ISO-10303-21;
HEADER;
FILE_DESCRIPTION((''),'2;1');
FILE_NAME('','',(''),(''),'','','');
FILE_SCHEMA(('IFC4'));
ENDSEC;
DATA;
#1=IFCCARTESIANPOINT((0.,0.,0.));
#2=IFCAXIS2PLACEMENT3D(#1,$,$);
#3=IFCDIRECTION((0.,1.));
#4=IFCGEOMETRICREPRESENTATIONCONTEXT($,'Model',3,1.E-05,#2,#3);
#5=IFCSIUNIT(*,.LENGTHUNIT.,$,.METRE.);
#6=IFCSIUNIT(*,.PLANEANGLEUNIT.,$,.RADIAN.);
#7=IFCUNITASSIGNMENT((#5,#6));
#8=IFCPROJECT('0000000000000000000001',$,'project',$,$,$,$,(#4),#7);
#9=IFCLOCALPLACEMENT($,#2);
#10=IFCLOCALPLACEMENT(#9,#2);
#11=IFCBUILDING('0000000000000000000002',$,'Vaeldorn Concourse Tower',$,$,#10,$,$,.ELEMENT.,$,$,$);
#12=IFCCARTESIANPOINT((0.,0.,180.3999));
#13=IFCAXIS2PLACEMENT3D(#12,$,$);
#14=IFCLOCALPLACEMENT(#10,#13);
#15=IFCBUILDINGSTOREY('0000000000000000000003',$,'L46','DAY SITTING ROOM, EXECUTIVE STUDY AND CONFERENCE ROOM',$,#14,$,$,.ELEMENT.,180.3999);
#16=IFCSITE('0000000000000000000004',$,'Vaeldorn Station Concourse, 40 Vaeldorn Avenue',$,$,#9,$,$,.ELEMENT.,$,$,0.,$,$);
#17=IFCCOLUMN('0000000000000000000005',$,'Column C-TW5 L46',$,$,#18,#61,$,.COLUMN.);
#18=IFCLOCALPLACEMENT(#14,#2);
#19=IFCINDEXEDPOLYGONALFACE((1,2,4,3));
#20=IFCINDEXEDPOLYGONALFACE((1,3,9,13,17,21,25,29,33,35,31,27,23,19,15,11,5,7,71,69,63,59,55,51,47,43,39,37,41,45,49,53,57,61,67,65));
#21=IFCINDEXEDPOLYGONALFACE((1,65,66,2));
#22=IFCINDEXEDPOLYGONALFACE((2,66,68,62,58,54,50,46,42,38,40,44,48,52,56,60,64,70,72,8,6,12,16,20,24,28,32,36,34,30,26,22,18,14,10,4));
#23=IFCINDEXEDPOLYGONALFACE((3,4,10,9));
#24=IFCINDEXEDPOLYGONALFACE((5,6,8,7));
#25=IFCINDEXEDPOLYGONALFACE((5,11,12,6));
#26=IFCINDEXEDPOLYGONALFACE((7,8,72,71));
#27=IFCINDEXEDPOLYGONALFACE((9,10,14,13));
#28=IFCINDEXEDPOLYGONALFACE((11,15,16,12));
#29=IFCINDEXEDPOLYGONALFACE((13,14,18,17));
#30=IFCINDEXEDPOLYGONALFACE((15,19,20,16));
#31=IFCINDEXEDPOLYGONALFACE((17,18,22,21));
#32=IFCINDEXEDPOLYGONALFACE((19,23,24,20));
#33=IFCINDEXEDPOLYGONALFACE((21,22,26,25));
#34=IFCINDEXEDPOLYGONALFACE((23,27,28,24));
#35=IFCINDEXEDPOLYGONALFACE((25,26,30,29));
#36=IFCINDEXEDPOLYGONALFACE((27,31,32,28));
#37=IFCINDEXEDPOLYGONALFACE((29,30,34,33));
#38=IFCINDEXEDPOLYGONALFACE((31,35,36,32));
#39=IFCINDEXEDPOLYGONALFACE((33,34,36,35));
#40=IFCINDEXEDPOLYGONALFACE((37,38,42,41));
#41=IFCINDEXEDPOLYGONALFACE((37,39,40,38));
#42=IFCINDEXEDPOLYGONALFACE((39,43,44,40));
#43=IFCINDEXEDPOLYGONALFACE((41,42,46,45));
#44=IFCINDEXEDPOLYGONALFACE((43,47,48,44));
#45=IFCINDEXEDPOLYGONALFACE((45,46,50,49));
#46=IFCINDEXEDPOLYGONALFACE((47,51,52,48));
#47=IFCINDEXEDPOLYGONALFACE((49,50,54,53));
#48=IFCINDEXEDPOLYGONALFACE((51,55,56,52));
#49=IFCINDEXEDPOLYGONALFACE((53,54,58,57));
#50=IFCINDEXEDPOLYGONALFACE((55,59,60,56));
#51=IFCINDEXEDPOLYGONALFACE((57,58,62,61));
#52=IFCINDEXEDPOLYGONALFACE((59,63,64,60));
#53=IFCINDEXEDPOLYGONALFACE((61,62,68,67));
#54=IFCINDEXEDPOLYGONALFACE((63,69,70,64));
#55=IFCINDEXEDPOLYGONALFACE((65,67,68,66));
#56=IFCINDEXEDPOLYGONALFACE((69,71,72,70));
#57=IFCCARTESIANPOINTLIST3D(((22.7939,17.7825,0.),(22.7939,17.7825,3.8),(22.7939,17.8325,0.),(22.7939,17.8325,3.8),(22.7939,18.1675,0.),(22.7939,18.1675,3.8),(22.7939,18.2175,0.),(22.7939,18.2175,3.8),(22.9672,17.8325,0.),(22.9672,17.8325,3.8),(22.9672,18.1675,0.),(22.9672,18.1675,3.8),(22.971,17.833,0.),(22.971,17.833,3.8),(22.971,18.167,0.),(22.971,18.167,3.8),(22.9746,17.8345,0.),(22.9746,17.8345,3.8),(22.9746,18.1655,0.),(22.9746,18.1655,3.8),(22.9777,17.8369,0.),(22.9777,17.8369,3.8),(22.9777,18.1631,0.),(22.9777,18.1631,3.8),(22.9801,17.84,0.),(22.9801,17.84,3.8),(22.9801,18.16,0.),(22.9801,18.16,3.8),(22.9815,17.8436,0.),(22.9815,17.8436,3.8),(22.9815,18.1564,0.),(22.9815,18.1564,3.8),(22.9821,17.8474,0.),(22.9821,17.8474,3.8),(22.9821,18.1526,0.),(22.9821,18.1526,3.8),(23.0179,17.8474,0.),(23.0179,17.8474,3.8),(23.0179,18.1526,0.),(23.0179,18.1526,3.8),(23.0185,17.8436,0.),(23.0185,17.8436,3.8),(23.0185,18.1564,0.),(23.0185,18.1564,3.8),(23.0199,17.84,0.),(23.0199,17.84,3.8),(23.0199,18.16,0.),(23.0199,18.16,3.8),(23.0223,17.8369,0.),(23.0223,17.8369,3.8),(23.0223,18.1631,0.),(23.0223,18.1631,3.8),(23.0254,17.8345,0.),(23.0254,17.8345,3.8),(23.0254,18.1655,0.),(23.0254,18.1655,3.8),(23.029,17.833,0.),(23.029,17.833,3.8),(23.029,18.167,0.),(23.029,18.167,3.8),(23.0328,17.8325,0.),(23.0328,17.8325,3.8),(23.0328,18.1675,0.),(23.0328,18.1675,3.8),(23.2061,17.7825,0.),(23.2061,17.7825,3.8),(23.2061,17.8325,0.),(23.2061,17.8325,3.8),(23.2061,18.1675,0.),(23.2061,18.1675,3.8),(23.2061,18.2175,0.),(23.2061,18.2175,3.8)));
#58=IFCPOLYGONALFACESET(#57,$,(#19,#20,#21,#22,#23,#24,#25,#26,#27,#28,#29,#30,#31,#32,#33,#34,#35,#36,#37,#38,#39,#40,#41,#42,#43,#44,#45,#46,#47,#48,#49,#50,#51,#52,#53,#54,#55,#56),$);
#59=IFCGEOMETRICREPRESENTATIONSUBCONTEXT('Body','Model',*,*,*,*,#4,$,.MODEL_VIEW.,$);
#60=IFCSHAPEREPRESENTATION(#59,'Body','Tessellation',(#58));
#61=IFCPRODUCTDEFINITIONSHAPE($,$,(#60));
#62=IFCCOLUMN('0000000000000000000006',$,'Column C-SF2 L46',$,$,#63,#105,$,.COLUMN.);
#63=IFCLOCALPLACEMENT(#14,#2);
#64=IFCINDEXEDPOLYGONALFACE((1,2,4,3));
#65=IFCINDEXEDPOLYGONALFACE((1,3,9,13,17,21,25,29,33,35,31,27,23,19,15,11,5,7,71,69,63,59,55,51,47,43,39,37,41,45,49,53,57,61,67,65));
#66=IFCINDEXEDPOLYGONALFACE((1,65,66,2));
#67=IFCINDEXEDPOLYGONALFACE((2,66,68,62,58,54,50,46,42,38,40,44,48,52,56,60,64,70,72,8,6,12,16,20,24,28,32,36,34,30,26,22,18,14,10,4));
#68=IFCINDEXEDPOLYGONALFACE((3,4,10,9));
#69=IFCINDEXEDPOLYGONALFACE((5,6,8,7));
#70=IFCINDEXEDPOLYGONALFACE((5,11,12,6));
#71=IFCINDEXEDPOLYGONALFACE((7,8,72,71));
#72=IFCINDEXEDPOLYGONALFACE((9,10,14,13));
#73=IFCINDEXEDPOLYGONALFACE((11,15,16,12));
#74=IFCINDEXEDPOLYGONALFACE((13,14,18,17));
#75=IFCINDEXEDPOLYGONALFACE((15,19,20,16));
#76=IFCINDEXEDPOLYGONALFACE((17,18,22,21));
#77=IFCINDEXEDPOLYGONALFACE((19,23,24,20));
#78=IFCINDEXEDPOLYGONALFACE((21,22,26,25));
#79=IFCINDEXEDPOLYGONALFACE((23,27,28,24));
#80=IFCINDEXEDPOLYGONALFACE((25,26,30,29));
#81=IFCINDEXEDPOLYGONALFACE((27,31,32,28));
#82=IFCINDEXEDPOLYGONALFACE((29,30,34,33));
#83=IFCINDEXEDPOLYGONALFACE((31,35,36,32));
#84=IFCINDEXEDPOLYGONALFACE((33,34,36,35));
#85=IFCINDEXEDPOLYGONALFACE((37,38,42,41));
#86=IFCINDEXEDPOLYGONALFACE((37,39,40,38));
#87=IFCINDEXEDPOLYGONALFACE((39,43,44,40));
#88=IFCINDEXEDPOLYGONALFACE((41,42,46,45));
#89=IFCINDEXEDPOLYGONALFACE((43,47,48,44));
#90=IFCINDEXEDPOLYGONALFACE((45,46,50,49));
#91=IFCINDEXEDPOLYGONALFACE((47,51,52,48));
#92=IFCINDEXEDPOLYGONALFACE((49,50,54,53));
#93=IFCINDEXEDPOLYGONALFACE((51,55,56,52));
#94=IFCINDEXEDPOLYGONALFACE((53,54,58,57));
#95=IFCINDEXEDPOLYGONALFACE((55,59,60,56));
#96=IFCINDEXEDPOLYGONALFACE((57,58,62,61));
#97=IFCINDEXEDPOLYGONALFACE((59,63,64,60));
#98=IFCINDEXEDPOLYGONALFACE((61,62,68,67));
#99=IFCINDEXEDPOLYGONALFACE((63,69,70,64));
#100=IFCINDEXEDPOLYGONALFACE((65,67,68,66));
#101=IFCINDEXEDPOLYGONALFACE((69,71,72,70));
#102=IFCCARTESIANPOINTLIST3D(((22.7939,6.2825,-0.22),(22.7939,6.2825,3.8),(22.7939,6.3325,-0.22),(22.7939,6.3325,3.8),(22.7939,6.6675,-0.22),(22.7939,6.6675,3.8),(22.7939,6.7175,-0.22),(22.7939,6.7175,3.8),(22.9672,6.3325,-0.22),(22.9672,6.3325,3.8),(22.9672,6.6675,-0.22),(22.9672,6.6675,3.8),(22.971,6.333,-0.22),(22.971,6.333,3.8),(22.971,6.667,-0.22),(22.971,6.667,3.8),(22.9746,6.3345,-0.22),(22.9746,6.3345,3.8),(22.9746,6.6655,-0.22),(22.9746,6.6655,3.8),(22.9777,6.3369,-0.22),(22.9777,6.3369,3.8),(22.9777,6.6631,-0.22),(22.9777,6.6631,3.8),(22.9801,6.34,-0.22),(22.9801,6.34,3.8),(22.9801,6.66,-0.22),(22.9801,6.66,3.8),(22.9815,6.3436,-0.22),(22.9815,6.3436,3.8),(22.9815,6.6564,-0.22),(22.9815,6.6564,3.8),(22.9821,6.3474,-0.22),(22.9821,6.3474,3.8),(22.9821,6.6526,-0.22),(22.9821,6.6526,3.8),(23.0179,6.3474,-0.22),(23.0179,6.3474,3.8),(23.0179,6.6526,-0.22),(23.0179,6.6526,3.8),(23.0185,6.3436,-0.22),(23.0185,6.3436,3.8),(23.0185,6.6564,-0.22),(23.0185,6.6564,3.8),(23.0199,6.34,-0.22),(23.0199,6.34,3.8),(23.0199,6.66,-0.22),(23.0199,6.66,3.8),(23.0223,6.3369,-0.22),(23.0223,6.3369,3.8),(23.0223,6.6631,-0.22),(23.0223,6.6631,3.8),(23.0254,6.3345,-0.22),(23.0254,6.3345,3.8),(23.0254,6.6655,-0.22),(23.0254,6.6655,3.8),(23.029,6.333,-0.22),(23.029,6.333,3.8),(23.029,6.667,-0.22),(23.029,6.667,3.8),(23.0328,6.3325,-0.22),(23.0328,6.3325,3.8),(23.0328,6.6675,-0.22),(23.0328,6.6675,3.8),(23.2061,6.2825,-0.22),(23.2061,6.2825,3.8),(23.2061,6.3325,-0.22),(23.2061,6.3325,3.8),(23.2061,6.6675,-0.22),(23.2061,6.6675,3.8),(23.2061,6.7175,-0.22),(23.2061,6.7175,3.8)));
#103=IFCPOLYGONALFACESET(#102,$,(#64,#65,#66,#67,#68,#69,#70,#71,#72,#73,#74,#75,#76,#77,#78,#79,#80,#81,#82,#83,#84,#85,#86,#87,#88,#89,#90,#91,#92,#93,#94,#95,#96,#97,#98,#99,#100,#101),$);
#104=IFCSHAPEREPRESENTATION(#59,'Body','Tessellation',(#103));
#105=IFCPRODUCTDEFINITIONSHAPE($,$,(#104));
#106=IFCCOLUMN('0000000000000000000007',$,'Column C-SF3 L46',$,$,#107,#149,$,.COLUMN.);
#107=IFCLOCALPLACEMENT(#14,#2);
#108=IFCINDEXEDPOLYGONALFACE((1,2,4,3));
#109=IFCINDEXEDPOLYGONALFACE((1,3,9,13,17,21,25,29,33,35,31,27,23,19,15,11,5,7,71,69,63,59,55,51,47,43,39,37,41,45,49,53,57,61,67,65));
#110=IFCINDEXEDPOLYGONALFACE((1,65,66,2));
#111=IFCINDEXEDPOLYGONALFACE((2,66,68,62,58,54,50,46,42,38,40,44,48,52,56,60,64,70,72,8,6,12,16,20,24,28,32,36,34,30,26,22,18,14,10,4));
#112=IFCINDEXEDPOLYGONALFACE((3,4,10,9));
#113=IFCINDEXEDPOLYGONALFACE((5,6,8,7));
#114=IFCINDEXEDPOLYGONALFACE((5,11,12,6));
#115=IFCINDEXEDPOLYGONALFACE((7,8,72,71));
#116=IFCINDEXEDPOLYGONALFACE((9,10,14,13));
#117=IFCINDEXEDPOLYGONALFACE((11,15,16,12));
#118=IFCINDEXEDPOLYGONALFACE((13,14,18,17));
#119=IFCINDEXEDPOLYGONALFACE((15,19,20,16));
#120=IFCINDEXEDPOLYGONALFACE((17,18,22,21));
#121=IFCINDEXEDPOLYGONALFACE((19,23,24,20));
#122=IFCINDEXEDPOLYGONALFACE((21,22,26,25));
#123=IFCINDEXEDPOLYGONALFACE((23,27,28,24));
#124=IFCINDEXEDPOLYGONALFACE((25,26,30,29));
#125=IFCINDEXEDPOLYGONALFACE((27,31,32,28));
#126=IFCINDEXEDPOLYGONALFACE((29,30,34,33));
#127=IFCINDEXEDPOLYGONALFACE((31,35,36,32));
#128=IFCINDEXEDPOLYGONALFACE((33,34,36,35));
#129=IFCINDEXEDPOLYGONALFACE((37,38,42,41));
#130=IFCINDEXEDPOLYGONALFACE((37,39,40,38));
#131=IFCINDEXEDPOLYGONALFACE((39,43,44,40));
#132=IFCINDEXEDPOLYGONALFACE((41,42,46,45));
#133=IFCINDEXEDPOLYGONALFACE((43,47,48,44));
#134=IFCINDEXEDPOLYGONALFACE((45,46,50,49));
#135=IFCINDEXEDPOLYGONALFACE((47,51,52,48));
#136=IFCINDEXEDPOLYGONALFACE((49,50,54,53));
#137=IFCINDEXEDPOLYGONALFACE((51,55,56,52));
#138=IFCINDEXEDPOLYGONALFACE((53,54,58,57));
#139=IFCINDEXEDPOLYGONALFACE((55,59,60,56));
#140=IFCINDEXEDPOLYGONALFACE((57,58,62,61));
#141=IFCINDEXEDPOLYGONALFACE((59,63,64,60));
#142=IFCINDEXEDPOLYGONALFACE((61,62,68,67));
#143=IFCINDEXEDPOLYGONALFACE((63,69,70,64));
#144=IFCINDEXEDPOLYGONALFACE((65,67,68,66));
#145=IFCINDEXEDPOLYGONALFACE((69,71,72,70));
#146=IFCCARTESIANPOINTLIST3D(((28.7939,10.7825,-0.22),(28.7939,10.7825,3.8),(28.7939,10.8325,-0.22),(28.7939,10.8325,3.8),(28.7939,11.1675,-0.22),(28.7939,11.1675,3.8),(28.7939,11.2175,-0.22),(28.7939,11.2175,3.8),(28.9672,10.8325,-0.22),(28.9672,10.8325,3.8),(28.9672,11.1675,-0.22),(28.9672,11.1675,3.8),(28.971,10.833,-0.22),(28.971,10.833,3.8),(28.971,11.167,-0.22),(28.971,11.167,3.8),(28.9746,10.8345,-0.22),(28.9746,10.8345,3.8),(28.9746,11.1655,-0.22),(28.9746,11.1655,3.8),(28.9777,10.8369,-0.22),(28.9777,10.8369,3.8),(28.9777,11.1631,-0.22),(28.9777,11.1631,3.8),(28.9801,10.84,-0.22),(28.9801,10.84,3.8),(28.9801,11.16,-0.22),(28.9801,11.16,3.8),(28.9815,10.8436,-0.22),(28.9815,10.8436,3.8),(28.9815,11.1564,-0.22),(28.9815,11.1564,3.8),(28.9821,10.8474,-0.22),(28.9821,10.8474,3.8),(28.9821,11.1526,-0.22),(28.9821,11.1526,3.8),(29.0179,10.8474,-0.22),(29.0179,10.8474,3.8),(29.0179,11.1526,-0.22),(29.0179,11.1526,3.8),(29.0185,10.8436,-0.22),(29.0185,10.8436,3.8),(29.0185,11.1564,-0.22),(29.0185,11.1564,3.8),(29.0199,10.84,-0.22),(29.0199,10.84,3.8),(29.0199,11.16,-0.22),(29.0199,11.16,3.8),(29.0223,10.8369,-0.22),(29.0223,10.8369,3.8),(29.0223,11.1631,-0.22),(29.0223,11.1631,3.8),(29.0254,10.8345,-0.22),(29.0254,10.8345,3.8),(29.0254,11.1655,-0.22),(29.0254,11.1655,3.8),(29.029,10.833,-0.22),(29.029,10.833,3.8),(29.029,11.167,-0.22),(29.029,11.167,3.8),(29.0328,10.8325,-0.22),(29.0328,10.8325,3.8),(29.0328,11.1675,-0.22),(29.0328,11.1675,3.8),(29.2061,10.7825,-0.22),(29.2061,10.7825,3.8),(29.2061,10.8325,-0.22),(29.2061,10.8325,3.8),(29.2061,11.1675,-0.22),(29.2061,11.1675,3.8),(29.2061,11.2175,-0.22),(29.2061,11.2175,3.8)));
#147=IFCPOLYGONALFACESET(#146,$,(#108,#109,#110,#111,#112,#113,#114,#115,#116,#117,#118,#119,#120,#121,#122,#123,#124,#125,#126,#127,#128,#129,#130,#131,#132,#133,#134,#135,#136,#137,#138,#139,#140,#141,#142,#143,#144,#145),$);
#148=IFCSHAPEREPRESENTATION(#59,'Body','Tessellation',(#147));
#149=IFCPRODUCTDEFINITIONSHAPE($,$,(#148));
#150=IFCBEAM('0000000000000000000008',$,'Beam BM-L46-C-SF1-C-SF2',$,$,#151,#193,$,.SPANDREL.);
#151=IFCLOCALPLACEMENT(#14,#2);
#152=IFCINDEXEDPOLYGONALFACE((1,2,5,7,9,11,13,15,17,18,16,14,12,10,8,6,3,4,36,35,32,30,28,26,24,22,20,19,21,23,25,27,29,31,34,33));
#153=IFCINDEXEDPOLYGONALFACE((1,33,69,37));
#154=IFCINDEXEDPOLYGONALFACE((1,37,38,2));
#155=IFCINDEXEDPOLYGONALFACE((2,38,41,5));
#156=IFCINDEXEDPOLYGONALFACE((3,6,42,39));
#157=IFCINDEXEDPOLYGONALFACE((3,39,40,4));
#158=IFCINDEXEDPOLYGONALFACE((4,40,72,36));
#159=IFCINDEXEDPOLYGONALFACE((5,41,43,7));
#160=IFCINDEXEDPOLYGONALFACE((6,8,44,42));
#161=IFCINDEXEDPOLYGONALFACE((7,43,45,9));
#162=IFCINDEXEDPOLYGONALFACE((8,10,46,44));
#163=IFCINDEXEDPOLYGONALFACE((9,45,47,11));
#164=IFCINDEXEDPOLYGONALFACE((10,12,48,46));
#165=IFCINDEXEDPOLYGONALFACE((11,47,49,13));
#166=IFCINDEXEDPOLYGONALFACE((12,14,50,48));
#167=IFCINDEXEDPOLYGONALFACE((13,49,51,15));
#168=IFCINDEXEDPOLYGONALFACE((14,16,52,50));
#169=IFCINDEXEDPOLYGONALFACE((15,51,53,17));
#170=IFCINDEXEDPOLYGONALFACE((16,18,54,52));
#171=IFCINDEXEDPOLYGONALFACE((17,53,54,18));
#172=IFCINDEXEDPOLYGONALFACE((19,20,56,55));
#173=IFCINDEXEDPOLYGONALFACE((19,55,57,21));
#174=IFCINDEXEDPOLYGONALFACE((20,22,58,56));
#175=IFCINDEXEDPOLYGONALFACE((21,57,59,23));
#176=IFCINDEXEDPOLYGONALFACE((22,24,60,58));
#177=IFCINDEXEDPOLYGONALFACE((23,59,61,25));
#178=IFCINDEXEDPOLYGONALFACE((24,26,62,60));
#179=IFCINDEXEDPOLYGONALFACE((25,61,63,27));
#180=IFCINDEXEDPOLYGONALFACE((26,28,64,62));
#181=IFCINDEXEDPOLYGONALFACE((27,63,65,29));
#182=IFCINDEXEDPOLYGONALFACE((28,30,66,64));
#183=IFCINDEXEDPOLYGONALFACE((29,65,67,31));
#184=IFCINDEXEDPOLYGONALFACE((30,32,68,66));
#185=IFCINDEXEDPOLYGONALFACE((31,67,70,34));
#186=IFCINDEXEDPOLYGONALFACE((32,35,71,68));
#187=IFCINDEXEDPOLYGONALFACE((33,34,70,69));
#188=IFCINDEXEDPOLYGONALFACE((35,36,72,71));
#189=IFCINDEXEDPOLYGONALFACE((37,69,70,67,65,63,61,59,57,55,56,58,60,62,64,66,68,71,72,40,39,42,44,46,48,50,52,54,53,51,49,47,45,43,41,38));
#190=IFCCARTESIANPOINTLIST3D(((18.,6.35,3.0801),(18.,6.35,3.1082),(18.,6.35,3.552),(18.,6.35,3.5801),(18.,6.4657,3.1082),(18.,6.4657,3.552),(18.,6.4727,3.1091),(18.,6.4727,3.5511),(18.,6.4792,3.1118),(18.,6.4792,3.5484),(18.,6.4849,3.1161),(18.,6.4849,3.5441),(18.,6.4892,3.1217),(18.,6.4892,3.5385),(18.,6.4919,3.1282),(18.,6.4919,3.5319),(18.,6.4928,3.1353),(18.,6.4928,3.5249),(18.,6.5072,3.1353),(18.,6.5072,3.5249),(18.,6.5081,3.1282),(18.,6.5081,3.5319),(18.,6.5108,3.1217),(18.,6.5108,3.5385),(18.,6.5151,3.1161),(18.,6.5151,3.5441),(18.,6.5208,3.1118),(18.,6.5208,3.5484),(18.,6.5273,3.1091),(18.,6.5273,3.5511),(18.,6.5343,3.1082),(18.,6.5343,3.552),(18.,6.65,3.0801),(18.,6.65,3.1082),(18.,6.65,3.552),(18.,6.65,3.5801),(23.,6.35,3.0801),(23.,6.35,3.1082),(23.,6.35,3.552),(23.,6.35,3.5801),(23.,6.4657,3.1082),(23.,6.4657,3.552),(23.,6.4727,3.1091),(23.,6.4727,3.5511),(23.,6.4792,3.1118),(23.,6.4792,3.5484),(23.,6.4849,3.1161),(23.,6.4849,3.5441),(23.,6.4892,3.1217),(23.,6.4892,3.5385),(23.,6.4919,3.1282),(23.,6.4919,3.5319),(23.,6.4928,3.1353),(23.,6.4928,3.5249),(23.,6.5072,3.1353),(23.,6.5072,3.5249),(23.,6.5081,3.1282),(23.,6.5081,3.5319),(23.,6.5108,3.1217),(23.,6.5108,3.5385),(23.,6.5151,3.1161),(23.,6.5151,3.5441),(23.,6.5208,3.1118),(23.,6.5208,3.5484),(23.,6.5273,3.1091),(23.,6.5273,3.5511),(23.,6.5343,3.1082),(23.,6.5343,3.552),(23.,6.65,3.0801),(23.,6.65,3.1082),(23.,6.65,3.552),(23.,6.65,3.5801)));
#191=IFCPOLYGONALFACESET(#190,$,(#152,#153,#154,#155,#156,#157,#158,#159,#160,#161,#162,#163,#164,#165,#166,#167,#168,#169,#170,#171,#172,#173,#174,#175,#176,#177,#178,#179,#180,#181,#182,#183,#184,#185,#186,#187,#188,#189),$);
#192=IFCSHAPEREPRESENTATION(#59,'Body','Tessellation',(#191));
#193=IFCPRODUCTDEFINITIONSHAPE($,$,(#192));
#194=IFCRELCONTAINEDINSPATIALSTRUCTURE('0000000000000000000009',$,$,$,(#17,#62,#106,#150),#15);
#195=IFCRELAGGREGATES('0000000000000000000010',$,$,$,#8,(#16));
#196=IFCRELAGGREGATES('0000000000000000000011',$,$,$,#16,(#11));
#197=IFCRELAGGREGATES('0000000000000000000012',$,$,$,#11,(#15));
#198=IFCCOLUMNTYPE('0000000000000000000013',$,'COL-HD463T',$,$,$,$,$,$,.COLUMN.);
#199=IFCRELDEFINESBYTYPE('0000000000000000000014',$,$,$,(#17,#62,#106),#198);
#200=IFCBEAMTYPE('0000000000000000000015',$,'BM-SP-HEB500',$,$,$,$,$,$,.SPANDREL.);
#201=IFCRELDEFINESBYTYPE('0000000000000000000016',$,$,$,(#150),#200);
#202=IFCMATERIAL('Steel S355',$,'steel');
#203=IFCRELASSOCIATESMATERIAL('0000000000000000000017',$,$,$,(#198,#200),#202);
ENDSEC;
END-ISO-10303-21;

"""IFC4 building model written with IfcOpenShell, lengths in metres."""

from ifc_helpers import new_model, si_unit, direction, frame, origin, origin_2d, place, context, subcontext, project, spatial, i_section, extrude, source, transform, mapped, material, material_profile, profile_set, type_object, element, save


model = new_model("IFC4")

# Units and contexts
model_context = context("Model", 3, precision=1e-05, world=origin(), true_north=direction((0.0, 1.0)))
body_context = subcontext(model_context, "Body", "Model", "MODEL_VIEW")
ifc_project = project(units=[si_unit("LENGTHUNIT", "METRE"), si_unit("PLANEANGLEUNIT", "RADIAN")], contexts=[model_context])

# Site, building, storey
site_placement = place(None, origin())
site = spatial("IfcSite", under=ifc_project, at=site_placement, Name="Vaeldorn Station Concourse, 40 Vaeldorn Avenue", CompositionType="ELEMENT", RefElevation=0.0)
building_placement = place(site_placement, origin())
building = spatial("IfcBuilding", under=site, at=building_placement, Name="Vaeldorn Concourse Tower", CompositionType="ELEMENT")
storey_placement = place(building_placement, frame((0.0, 0.0, 180.3999)))
storey = spatial("IfcBuildingStorey", under=building, at=storey_placement, Name="L46", Description="DAY SITTING ROOM, EXECUTIVE STUDY AND CONFERENCE ROOM", CompositionType="ELEMENT", Elevation=180.3999)

# Columns
ifc_material_1 = material(Name="Steel S355", Category="steel")
ifc_material_profile_1 = material_profile(ifc_material_1, i_section(OverallWidth=0.4121, OverallDepth=0.4351, WebThickness=0.0359, FlangeThickness=0.05, FilletRadius=0.0149, at=origin_2d()), Name="HD 400x463")
ifc_profile_set_1 = profile_set([ifc_material_profile_1], Name="Steel S355")
column_type = type_object("IfcColumnType", Name="COL-HD463T", PredefinedType="COLUMN", material=ifc_profile_set_1)
shared_shape_1 = source(origin(), body_context, "Body", "SweptSolid", [
    extrude(i_section(OverallWidth=0.4121, OverallDepth=0.4351, WebThickness=0.0359, FlangeThickness=0.05, FilletRadius=0.0149, at=origin_2d()), origin(), (0.0, 0.0, 1.0), 3.8),
])
column_placement = place(storey_placement, frame((23.0, 18.0, 0.0), z_axis=(0.0, 0.0, 1.0), x_axis=(1.0, 0.0, 0.0)))
element("IfcColumn", 1, at=column_placement, inside=storey, type_object=column_type, Name="Column C-TW5 L46", PredefinedType="COLUMN", context=body_context, shape_type="MappedRepresentation", body=[
    mapped(shared_shape_1, transform((0.0, 0.0, 0.0), scale=1.0)),
])
shared_shape_2 = source(origin(), body_context, "Body", "SweptSolid", [
    extrude(i_section(OverallWidth=0.4121, OverallDepth=0.4351, WebThickness=0.0359, FlangeThickness=0.05, FilletRadius=0.0149, at=origin_2d()), origin(), (0.0, 0.0, 1.0), 4.02),
])
for number, where, z_axis, x_axis, name in (
    (2, (23.0, 6.5, -0.22), (0.0, 0.0, 1.0), (1.0, 0.0, 0.0), "Column C-SF2 L46"),
    (3, (29.0, 11.0, -0.22), (0.0, 0.0, 1.0), (1.0, 0.0, 0.0), "Column C-SF3 L46"),
):
    element("IfcColumn", number, at=place(storey_placement, frame(where, z_axis=z_axis, x_axis=x_axis)), inside=storey, type_object=column_type, Name=name, PredefinedType="COLUMN", context=body_context, shape_type="MappedRepresentation", body=[
        mapped(shared_shape_2, transform((0.0, 0.0, 0.0), scale=1.0)),
    ])

# Beam
ifc_material_profile_2 = material_profile(ifc_material_1, i_section(OverallWidth=0.3, OverallDepth=0.5, WebThickness=0.0144, FlangeThickness=0.0281, FilletRadius=0.0271, at=origin_2d()), Name="HEB 500")
ifc_profile_set_2 = profile_set([ifc_material_profile_2], Name="Steel S355")
beam_type_1 = type_object("IfcBeamType", Name="BM-SP-HEB500", PredefinedType="SPANDREL", material=ifc_profile_set_2)
shared_shape_3 = source(origin(), body_context, "Body", "SweptSolid", [
    extrude(i_section(OverallWidth=0.3, OverallDepth=0.5, WebThickness=0.0144, FlangeThickness=0.0281, FilletRadius=0.0271, at=origin_2d()), origin(), (0.0, 0.0, 1.0), 5.0),
])
beam_1_placement = place(storey_placement, frame((18.0, 6.5, 3.3301), z_axis=(1.0, 0.0, 0.0), x_axis=(0.0, 1.0, 0.0)))
element("IfcBeam", 4, at=beam_1_placement, inside=storey, type_object=beam_type_1, Name="Beam BM-L46-C-SF1-C-SF2", PredefinedType="SPANDREL", context=body_context, shape_type="MappedRepresentation", body=[
    mapped(shared_shape_3, transform((0.0, 0.0, 0.0), scale=1.0)),
])

save(model, "model.ifc")
